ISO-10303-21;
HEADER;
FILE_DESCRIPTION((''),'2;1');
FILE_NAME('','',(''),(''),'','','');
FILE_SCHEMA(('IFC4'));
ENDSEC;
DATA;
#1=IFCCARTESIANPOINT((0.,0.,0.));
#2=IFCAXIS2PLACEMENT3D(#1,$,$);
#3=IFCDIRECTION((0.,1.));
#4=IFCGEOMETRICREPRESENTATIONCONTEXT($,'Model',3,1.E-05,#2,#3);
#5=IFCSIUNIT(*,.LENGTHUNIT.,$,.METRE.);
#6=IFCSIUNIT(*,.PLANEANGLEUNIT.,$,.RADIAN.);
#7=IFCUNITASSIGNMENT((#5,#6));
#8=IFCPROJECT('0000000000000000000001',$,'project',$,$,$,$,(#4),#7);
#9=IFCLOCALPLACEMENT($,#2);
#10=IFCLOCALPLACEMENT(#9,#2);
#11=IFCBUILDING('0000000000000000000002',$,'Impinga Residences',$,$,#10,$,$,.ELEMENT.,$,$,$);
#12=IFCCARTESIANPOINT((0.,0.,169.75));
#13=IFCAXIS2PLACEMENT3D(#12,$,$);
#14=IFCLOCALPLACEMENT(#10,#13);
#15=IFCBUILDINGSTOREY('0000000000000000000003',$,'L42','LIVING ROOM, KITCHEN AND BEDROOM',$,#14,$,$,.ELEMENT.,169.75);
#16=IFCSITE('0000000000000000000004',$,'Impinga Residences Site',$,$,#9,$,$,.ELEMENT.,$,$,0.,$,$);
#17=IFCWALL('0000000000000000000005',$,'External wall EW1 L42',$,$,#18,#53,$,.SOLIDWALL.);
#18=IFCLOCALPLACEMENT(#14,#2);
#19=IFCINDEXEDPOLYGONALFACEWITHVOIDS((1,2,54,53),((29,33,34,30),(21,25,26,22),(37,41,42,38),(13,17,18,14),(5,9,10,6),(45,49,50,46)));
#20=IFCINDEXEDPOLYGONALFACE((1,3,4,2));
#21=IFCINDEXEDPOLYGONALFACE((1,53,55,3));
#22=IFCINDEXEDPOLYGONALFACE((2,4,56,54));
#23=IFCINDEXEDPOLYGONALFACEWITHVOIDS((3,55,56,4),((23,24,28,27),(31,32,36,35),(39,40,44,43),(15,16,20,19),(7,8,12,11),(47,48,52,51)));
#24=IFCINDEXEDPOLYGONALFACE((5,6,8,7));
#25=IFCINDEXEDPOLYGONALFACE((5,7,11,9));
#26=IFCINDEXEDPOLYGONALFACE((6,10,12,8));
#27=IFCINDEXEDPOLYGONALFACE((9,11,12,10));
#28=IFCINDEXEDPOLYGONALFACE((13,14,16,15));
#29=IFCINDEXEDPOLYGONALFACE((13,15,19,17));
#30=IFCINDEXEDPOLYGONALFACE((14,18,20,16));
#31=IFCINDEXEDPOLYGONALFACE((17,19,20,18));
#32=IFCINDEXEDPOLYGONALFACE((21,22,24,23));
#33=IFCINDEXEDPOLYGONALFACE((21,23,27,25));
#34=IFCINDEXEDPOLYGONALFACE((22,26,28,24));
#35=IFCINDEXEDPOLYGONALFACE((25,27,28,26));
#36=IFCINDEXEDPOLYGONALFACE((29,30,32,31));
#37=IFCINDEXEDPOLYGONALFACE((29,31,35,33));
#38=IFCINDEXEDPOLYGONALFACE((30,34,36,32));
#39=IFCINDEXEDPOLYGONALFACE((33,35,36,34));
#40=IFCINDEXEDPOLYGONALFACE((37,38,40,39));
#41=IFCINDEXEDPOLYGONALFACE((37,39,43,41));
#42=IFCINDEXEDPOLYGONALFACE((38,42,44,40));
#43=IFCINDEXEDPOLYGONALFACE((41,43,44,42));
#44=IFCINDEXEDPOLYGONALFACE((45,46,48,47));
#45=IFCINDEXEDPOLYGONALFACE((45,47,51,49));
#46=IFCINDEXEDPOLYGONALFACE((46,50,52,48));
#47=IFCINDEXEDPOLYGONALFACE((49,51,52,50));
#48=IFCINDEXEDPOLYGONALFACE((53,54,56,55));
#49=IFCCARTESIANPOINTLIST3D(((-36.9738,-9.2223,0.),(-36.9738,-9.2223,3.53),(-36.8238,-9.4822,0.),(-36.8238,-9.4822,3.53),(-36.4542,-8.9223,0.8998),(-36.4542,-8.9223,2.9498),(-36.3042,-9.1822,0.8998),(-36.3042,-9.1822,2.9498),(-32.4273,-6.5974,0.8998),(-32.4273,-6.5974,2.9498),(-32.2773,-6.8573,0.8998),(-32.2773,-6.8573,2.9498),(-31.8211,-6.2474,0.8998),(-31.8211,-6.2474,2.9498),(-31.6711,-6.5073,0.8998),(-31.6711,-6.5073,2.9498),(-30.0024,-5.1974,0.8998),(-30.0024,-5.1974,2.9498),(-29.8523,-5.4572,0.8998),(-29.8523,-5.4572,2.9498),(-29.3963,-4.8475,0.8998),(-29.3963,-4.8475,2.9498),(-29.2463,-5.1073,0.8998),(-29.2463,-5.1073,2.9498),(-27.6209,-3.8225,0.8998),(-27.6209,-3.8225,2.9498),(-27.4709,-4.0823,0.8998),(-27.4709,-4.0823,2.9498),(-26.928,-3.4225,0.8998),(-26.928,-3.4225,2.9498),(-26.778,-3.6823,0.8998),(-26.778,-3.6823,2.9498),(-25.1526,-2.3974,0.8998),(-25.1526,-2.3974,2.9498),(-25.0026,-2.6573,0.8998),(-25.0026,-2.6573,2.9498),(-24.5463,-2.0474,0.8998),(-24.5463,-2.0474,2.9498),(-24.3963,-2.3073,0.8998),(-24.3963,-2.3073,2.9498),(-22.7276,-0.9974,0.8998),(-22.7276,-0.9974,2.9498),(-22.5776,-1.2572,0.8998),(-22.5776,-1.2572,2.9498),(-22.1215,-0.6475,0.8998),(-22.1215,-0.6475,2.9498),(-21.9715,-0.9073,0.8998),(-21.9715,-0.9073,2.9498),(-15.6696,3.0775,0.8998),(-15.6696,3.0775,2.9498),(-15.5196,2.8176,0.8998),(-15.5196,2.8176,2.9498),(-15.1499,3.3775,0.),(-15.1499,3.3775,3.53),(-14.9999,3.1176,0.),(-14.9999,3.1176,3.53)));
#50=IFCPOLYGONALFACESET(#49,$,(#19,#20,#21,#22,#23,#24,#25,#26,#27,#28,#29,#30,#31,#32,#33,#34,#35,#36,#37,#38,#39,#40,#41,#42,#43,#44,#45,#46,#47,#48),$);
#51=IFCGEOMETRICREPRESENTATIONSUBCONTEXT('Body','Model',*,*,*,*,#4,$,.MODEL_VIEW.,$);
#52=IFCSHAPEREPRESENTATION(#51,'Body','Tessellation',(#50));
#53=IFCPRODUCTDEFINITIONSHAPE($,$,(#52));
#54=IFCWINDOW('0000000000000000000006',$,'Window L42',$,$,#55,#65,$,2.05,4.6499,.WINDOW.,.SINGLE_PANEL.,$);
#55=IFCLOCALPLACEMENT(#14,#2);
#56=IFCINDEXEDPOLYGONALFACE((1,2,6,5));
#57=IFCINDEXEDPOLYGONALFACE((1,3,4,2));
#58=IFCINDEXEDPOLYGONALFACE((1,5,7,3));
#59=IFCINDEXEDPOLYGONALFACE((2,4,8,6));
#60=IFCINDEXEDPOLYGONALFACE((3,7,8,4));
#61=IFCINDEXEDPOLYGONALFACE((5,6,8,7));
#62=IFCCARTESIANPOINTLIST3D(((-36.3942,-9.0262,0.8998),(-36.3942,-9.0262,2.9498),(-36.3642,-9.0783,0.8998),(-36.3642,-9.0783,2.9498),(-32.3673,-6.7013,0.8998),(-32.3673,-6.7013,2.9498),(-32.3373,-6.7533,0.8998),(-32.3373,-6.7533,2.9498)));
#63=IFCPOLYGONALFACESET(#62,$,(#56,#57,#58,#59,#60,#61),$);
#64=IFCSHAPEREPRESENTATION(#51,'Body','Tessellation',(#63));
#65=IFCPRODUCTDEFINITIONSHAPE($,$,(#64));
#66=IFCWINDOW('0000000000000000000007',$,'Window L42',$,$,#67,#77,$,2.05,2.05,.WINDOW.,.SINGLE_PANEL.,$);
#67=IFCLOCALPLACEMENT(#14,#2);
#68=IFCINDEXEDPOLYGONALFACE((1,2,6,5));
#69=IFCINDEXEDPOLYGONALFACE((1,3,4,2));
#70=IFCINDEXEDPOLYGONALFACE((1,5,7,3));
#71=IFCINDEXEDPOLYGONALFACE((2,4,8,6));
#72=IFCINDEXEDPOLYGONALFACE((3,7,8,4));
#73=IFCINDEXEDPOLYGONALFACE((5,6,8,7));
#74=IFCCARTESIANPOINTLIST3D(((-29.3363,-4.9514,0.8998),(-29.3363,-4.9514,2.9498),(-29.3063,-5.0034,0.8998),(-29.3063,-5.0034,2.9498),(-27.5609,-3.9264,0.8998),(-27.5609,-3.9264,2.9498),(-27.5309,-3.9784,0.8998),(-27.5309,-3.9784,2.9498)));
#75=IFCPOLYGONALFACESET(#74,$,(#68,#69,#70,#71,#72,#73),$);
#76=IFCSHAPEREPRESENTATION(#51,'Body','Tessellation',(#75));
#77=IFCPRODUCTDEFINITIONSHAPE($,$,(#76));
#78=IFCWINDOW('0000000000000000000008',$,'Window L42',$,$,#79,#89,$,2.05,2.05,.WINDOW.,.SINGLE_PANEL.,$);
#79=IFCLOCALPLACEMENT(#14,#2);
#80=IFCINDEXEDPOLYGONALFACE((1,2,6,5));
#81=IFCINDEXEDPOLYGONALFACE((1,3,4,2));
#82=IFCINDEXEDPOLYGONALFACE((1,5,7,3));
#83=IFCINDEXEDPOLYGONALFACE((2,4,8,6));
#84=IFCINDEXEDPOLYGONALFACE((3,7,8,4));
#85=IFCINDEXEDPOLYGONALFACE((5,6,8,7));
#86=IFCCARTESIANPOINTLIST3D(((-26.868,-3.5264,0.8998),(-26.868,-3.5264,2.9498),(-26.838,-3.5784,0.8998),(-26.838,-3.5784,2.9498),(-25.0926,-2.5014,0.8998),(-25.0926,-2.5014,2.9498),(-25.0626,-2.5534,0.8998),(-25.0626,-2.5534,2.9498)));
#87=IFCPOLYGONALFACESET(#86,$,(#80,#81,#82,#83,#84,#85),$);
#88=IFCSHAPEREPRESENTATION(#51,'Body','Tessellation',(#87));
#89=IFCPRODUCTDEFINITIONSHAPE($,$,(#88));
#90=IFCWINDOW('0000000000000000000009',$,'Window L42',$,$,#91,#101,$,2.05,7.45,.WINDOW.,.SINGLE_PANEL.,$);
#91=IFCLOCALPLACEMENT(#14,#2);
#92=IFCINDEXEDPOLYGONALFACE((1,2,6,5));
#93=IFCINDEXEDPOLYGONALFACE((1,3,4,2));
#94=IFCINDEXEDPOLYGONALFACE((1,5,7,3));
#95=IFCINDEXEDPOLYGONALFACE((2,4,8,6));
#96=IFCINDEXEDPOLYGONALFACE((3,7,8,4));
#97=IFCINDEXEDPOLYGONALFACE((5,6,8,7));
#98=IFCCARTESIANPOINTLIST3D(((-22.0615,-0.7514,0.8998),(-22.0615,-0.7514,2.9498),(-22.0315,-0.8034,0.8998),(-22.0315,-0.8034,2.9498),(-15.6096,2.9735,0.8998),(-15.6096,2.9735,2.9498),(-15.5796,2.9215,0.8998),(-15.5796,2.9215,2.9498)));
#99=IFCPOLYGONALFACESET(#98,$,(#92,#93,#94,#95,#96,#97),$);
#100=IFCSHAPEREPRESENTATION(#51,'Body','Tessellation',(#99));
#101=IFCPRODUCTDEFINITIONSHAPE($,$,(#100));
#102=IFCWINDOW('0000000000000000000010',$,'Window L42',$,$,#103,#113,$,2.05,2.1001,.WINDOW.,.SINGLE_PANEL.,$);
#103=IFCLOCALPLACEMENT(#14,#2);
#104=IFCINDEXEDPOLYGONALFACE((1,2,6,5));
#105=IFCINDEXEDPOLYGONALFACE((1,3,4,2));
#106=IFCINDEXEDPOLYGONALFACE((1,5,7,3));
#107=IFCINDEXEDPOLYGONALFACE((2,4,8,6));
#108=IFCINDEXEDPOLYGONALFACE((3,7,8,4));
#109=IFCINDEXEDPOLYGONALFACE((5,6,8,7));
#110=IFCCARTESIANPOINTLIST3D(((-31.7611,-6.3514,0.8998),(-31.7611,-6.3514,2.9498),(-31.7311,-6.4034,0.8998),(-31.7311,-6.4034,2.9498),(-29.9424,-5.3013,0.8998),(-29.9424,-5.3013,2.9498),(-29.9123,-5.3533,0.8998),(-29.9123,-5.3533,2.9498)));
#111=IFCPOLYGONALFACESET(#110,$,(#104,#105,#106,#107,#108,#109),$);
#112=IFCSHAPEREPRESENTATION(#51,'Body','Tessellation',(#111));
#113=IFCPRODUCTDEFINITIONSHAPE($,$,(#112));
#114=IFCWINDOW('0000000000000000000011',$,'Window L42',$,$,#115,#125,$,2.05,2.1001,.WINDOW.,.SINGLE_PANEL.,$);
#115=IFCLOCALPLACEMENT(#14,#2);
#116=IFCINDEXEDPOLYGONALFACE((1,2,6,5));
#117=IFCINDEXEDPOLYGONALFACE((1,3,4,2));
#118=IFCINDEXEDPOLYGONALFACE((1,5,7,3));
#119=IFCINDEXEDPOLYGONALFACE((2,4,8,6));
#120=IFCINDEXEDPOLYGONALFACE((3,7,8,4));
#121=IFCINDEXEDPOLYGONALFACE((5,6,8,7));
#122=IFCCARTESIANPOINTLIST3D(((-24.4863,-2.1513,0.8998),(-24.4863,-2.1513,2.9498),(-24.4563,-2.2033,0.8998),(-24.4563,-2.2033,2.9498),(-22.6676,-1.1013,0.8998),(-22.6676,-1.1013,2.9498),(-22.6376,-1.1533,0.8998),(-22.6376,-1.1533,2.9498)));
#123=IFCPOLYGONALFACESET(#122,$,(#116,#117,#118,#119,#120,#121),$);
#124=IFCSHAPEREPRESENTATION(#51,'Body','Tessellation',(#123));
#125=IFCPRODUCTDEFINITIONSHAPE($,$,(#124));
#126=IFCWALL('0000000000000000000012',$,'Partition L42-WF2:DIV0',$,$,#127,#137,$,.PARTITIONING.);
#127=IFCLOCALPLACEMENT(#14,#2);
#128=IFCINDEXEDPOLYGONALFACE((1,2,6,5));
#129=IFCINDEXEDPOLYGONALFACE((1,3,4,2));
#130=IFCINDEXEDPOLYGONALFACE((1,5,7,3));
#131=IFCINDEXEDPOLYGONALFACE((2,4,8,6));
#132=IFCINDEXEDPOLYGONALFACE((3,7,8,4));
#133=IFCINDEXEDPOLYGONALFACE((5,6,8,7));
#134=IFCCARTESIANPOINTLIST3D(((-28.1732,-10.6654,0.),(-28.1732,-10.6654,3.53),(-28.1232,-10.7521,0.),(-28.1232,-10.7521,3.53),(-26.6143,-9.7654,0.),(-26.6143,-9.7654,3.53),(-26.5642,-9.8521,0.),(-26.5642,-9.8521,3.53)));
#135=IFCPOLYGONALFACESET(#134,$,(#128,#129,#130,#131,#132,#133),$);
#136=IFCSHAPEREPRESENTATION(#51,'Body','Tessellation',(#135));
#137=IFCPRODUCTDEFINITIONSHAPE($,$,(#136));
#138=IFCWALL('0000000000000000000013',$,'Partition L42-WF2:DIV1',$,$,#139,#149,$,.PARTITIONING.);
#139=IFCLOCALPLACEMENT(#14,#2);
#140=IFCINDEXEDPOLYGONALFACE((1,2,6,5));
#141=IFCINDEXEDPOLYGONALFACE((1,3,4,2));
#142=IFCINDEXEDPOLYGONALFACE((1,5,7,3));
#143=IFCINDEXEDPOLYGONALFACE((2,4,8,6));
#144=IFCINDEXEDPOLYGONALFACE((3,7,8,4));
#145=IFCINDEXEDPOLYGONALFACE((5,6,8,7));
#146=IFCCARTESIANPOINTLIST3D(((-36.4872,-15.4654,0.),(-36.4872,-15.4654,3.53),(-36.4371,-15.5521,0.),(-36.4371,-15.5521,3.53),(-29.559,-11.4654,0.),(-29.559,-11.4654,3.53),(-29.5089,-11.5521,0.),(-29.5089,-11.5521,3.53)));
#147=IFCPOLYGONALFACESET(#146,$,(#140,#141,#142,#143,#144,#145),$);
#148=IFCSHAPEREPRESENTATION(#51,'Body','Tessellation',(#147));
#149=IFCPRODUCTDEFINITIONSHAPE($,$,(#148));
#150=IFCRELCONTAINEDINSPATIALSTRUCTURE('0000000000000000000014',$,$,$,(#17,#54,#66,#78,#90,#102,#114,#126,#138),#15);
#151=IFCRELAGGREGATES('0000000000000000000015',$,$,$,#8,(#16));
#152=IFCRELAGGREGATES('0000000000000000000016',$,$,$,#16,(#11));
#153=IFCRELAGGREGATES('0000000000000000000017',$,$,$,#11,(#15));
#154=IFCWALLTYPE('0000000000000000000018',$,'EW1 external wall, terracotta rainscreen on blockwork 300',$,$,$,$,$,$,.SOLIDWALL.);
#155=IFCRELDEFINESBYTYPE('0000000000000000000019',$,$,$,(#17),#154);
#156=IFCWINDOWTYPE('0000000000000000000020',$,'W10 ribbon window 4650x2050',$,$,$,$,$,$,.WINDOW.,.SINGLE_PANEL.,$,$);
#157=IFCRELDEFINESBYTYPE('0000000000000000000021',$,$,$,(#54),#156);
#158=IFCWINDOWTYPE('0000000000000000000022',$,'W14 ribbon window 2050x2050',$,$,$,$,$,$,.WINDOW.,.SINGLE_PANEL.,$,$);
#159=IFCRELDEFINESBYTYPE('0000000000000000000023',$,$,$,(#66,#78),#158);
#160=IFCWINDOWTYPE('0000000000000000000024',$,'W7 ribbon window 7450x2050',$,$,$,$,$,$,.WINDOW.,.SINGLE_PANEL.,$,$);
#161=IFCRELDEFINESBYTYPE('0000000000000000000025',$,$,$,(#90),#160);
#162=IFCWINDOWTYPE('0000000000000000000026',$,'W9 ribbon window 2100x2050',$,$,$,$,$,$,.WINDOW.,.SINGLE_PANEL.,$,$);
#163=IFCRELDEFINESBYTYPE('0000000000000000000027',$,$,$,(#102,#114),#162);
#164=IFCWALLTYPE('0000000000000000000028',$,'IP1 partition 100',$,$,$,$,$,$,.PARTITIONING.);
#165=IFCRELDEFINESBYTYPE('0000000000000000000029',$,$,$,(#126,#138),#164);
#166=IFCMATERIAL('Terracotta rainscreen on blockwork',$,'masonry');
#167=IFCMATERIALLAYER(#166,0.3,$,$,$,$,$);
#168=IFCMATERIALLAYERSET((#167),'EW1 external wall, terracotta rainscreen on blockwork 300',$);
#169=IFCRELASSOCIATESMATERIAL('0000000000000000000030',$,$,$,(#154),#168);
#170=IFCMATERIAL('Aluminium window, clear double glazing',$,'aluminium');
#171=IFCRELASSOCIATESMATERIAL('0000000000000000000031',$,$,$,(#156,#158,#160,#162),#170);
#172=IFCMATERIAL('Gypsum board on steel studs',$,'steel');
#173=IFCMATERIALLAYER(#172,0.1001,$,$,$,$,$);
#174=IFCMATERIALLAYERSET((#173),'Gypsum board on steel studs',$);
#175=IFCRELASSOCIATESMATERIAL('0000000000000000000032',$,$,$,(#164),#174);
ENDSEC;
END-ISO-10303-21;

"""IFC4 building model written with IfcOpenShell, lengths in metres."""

from ifc_helpers import new_model, si_unit, direction, frame, frame_2d, origin, place, context, subcontext, project, spatial, rectangle, extrude, material, layer, layer_set, type_object, element, fill, save


model = new_model("IFC4")

# Units and contexts
model_context = context("Model", 3, precision=1e-05, world=origin(), true_north=direction((0.0, 1.0)))
body_context = subcontext(model_context, "Body", "Model", "MODEL_VIEW")
ifc_project = project(units=[si_unit("LENGTHUNIT", "METRE"), si_unit("PLANEANGLEUNIT", "RADIAN")], contexts=[model_context])

# Site, building, storey
site_placement = place(None, origin())
site = spatial("IfcSite", under=ifc_project, at=site_placement, Name="Impinga Residences Site", CompositionType="ELEMENT", RefElevation=0.0)
building_placement = place(site_placement, origin())
building = spatial("IfcBuilding", under=site, at=building_placement, Name="Impinga Residences", CompositionType="ELEMENT")
storey_placement = place(building_placement, frame((0.0, 0.0, 169.75)))
storey = spatial("IfcBuildingStorey", under=building, at=storey_placement, Name="L42", Description="LIVING ROOM, KITCHEN AND BEDROOM", CompositionType="ELEMENT", Elevation=169.75)

# Shared definitions
ifc_material_1 = material(Name="Terracotta rainscreen on blockwork", Category="masonry")
ifc_layer_1 = layer(ifc_material_1, 0.3)
ifc_layer_set_1 = layer_set([ifc_layer_1], Name="EW1 external wall, terracotta rainscreen on blockwork 300")
wall_type_1 = type_object("IfcWallType", Name="EW1 external wall, terracotta rainscreen on blockwork 300", PredefinedType="SOLIDWALL", material=ifc_layer_set_1)

# Wall, openings, windows
wall_1_placement = place(storey_placement, frame((-36.8989, -9.3523, 0.0), z_axis=(0.0, 0.0, 1.0), x_axis=(0.866029, 0.499993, 0.0)))
wall_1 = element("IfcWall", 1, at=wall_1_placement, inside=storey, type_object=wall_type_1, Name="External wall EW1 L42", PredefinedType="SOLIDWALL", context=body_context, shape_type="SweptSolid", body=[
    extrude(rectangle(XDim=25.2, YDim=0.3, at=frame_2d((12.6001, 0.0))), origin(), (0.0, 0.0, 1.0), 3.53),
])
opening_1_placement = place(wall_1_placement, frame((0.6001, 0.0, 0.8999)))
opening_1 = element("IfcOpeningElement", 2, at=opening_1_placement, cuts=wall_1, PredefinedType="OPENING", context=body_context, shape_type="SweptSolid", body=[
    extrude(rectangle(XDim=4.6499, YDim=2.05, at=frame_2d((2.325, 1.0249))), frame((0.0, 0.1599, 0.0), z_axis=(0.0, -1.0, 0.0), x_axis=(1.0, 0.0, 0.0)), (0.0, 0.0, 1.0), 0.3201),
])
opening_2_placement = place(wall_1_placement, frame((5.95, 0.0, 0.8999)))
opening_2 = element("IfcOpeningElement", 3, at=opening_2_placement, cuts=wall_1, PredefinedType="OPENING", context=body_context, shape_type="SweptSolid", body=[
    extrude(rectangle(XDim=2.1001, YDim=2.05, at=frame_2d((1.05, 1.0249))), frame((0.0, 0.1599, 0.0), z_axis=(0.0, -1.0, 0.0), x_axis=(1.0, 0.0, 0.0)), (0.0, 0.0, 1.0), 0.3201),
])
opening_3_placement = place(wall_1_placement, frame((8.75, 0.0, 0.8999)))
opening_3 = element("IfcOpeningElement", 4, at=opening_3_placement, cuts=wall_1, PredefinedType="OPENING", context=body_context, shape_type="SweptSolid", body=[
    extrude(rectangle(XDim=2.05, YDim=2.05, at=frame_2d((1.0249, 1.0249))), frame((0.0, 0.1599, 0.0), z_axis=(0.0, -1.0, 0.0), x_axis=(1.0, 0.0, 0.0)), (0.0, 0.0, 1.0), 0.3201),
])
opening_4_placement = place(wall_1_placement, frame((11.6001, 0.0, 0.8999)))
opening_4 = element("IfcOpeningElement", 5, at=opening_4_placement, cuts=wall_1, PredefinedType="OPENING", context=body_context, shape_type="SweptSolid", body=[
    extrude(rectangle(XDim=2.05, YDim=2.05, at=frame_2d((1.0249, 1.0249))), frame((0.0, 0.1599, 0.0), z_axis=(0.0, -1.0, 0.0), x_axis=(1.0, 0.0, 0.0)), (0.0, 0.0, 1.0), 0.3201),
])
opening_5_placement = place(wall_1_placement, frame((14.3501, 0.0, 0.8999)))
opening_5 = element("IfcOpeningElement", 6, at=opening_5_placement, cuts=wall_1, PredefinedType="OPENING", context=body_context, shape_type="SweptSolid", body=[
    extrude(rectangle(XDim=2.1001, YDim=2.05, at=frame_2d((1.05, 1.0249))), frame((0.0, 0.1599, 0.0), z_axis=(0.0, -1.0, 0.0), x_axis=(1.0, 0.0, 0.0)), (0.0, 0.0, 1.0), 0.3201),
])
opening_6_placement = place(wall_1_placement, frame((17.1499, 0.0, 0.8999)))
opening_6 = element("IfcOpeningElement", 7, at=opening_6_placement, cuts=wall_1, PredefinedType="OPENING", context=body_context, shape_type="SweptSolid", body=[
    extrude(rectangle(XDim=7.45, YDim=2.05, at=frame_2d((3.7251, 1.0249))), frame((0.0, 0.1599, 0.0), z_axis=(0.0, -1.0, 0.0), x_axis=(1.0, 0.0, 0.0)), (0.0, 0.0, 1.0), 0.3201),
])
ifc_material_2 = material(Name="Aluminium window, clear double glazing", Category="aluminium")
window_type_1 = type_object("IfcWindowType", Name="W10 ribbon window 4650x2050", PartitioningType="SINGLE_PANEL", PredefinedType="WINDOW", material=ifc_material_2)
window_1_placement = place(opening_1_placement, origin())
window_1 = element("IfcWindow", 8, at=window_1_placement, inside=storey, type_object=window_type_1, Name="Window L42", OverallHeight=2.05, OverallWidth=4.6499, PartitioningType="SINGLE_PANEL", PredefinedType="WINDOW", context=body_context, shape_type="SweptSolid", body=[
    extrude(rectangle(XDim=4.6499, YDim=2.05, at=frame_2d((2.325, 1.0249))), frame((0.0, 0.03, 0.0), z_axis=(0.0, -1.0, 0.0), x_axis=(1.0, 0.0, 0.0)), (0.0, 0.0, 1.0), 0.0601),
])
fill(opening_1, window_1)
window_type_2 = type_object("IfcWindowType", Name="W14 ribbon window 2050x2050", PartitioningType="SINGLE_PANEL", PredefinedType="WINDOW", material=ifc_material_2)
window_2_placement = place(opening_3_placement, origin())
window_2 = element("IfcWindow", 9, at=window_2_placement, inside=storey, type_object=window_type_2, Name="Window L42", OverallHeight=2.05, OverallWidth=2.05, PartitioningType="SINGLE_PANEL", PredefinedType="WINDOW", context=body_context, shape_type="SweptSolid", body=[
    extrude(rectangle(XDim=2.05, YDim=2.05, at=frame_2d((1.0249, 1.0249))), frame((0.0, 0.03, 0.0), z_axis=(0.0, -1.0, 0.0), x_axis=(1.0, 0.0, 0.0)), (0.0, 0.0, 1.0), 0.0601),
])
fill(opening_3, window_2)
window_3_placement = place(opening_4_placement, origin())
window_3 = element("IfcWindow", 10, at=window_3_placement, inside=storey, type_object=window_type_2, Name="Window L42", OverallHeight=2.05, OverallWidth=2.05, PartitioningType="SINGLE_PANEL", PredefinedType="WINDOW", context=body_context, shape_type="SweptSolid", body=[
    extrude(rectangle(XDim=2.05, YDim=2.05, at=frame_2d((1.0249, 1.0249))), frame((0.0, 0.03, 0.0), z_axis=(0.0, -1.0, 0.0), x_axis=(1.0, 0.0, 0.0)), (0.0, 0.0, 1.0), 0.0601),
])
fill(opening_4, window_3)
window_type_3 = type_object("IfcWindowType", Name="W7 ribbon window 7450x2050", PartitioningType="SINGLE_PANEL", PredefinedType="WINDOW", material=ifc_material_2)
window_4_placement = place(opening_6_placement, origin())
window_4 = element("IfcWindow", 11, at=window_4_placement, inside=storey, type_object=window_type_3, Name="Window L42", OverallHeight=2.05, OverallWidth=7.45, PartitioningType="SINGLE_PANEL", PredefinedType="WINDOW", context=body_context, shape_type="SweptSolid", body=[
    extrude(rectangle(XDim=7.45, YDim=2.05, at=frame_2d((3.7251, 1.0249))), frame((0.0, 0.03, 0.0), z_axis=(0.0, -1.0, 0.0), x_axis=(1.0, 0.0, 0.0)), (0.0, 0.0, 1.0), 0.0601),
])
fill(opening_6, window_4)
window_type_4 = type_object("IfcWindowType", Name="W9 ribbon window 2100x2050", PartitioningType="SINGLE_PANEL", PredefinedType="WINDOW", material=ifc_material_2)
window_5_placement = place(opening_2_placement, origin())
window_5 = element("IfcWindow", 12, at=window_5_placement, inside=storey, type_object=window_type_4, Name="Window L42", OverallHeight=2.05, OverallWidth=2.1001, PartitioningType="SINGLE_PANEL", PredefinedType="WINDOW", context=body_context, shape_type="SweptSolid", body=[
    extrude(rectangle(XDim=2.1001, YDim=2.05, at=frame_2d((1.05, 1.0249))), frame((0.0, 0.03, 0.0), z_axis=(0.0, -1.0, 0.0), x_axis=(1.0, 0.0, 0.0)), (0.0, 0.0, 1.0), 0.0601),
])
fill(opening_2, window_5)
window_6_placement = place(opening_5_placement, origin())
window_6 = element("IfcWindow", 13, at=window_6_placement, inside=storey, type_object=window_type_4, Name="Window L42", OverallHeight=2.05, OverallWidth=2.1001, PartitioningType="SINGLE_PANEL", PredefinedType="WINDOW", context=body_context, shape_type="SweptSolid", body=[
    extrude(rectangle(XDim=2.1001, YDim=2.05, at=frame_2d((1.05, 1.0249))), frame((0.0, 0.03, 0.0), z_axis=(0.0, -1.0, 0.0), x_axis=(1.0, 0.0, 0.0)), (0.0, 0.0, 1.0), 0.0601),
])
fill(opening_5, window_6)

# Walls
ifc_material_3 = material(Name="Gypsum board on steel studs", Category="steel")
ifc_layer_2 = layer(ifc_material_3, 0.1001)
ifc_layer_set_2 = layer_set([ifc_layer_2], Name="Gypsum board on steel studs")
wall_type_2 = type_object("IfcWallType", Name="IP1 partition 100", PredefinedType="PARTITIONING", material=ifc_layer_set_2)
wall_2_placement = place(storey_placement, frame((-26.5894, -9.8088, 0.0), z_axis=(0.0, 0.0, 1.0), x_axis=(-0.866048, -0.499961, 0.0)))
element("IfcWall", 14, at=wall_2_placement, inside=storey, type_object=wall_type_2, Name="Partition L42-WF2:DIV0", PredefinedType="PARTITIONING", context=body_context, shape_type="SweptSolid", body=[
    extrude(rectangle(XDim=1.8, YDim=0.1001, at=frame_2d((0.8999, 0.0))), origin(), (0.0, 0.0, 1.0), 3.53),
])
wall_3_placement = place(storey_placement, frame((-29.5339, -11.5088, 0.0), z_axis=(0.0, 0.0, 1.0), x_axis=(-0.866026, -0.499999, 0.0)))
element("IfcWall", 15, at=wall_3_placement, inside=storey, type_object=wall_type_2, Name="Partition L42-WF2:DIV1", PredefinedType="PARTITIONING", context=body_context, shape_type="SweptSolid", body=[
    extrude(rectangle(XDim=8.0, YDim=0.1001, at=frame_2d((4.0, 0.0))), origin(), (0.0, 0.0, 1.0), 3.53),
])

save(model, "model.ifc")
